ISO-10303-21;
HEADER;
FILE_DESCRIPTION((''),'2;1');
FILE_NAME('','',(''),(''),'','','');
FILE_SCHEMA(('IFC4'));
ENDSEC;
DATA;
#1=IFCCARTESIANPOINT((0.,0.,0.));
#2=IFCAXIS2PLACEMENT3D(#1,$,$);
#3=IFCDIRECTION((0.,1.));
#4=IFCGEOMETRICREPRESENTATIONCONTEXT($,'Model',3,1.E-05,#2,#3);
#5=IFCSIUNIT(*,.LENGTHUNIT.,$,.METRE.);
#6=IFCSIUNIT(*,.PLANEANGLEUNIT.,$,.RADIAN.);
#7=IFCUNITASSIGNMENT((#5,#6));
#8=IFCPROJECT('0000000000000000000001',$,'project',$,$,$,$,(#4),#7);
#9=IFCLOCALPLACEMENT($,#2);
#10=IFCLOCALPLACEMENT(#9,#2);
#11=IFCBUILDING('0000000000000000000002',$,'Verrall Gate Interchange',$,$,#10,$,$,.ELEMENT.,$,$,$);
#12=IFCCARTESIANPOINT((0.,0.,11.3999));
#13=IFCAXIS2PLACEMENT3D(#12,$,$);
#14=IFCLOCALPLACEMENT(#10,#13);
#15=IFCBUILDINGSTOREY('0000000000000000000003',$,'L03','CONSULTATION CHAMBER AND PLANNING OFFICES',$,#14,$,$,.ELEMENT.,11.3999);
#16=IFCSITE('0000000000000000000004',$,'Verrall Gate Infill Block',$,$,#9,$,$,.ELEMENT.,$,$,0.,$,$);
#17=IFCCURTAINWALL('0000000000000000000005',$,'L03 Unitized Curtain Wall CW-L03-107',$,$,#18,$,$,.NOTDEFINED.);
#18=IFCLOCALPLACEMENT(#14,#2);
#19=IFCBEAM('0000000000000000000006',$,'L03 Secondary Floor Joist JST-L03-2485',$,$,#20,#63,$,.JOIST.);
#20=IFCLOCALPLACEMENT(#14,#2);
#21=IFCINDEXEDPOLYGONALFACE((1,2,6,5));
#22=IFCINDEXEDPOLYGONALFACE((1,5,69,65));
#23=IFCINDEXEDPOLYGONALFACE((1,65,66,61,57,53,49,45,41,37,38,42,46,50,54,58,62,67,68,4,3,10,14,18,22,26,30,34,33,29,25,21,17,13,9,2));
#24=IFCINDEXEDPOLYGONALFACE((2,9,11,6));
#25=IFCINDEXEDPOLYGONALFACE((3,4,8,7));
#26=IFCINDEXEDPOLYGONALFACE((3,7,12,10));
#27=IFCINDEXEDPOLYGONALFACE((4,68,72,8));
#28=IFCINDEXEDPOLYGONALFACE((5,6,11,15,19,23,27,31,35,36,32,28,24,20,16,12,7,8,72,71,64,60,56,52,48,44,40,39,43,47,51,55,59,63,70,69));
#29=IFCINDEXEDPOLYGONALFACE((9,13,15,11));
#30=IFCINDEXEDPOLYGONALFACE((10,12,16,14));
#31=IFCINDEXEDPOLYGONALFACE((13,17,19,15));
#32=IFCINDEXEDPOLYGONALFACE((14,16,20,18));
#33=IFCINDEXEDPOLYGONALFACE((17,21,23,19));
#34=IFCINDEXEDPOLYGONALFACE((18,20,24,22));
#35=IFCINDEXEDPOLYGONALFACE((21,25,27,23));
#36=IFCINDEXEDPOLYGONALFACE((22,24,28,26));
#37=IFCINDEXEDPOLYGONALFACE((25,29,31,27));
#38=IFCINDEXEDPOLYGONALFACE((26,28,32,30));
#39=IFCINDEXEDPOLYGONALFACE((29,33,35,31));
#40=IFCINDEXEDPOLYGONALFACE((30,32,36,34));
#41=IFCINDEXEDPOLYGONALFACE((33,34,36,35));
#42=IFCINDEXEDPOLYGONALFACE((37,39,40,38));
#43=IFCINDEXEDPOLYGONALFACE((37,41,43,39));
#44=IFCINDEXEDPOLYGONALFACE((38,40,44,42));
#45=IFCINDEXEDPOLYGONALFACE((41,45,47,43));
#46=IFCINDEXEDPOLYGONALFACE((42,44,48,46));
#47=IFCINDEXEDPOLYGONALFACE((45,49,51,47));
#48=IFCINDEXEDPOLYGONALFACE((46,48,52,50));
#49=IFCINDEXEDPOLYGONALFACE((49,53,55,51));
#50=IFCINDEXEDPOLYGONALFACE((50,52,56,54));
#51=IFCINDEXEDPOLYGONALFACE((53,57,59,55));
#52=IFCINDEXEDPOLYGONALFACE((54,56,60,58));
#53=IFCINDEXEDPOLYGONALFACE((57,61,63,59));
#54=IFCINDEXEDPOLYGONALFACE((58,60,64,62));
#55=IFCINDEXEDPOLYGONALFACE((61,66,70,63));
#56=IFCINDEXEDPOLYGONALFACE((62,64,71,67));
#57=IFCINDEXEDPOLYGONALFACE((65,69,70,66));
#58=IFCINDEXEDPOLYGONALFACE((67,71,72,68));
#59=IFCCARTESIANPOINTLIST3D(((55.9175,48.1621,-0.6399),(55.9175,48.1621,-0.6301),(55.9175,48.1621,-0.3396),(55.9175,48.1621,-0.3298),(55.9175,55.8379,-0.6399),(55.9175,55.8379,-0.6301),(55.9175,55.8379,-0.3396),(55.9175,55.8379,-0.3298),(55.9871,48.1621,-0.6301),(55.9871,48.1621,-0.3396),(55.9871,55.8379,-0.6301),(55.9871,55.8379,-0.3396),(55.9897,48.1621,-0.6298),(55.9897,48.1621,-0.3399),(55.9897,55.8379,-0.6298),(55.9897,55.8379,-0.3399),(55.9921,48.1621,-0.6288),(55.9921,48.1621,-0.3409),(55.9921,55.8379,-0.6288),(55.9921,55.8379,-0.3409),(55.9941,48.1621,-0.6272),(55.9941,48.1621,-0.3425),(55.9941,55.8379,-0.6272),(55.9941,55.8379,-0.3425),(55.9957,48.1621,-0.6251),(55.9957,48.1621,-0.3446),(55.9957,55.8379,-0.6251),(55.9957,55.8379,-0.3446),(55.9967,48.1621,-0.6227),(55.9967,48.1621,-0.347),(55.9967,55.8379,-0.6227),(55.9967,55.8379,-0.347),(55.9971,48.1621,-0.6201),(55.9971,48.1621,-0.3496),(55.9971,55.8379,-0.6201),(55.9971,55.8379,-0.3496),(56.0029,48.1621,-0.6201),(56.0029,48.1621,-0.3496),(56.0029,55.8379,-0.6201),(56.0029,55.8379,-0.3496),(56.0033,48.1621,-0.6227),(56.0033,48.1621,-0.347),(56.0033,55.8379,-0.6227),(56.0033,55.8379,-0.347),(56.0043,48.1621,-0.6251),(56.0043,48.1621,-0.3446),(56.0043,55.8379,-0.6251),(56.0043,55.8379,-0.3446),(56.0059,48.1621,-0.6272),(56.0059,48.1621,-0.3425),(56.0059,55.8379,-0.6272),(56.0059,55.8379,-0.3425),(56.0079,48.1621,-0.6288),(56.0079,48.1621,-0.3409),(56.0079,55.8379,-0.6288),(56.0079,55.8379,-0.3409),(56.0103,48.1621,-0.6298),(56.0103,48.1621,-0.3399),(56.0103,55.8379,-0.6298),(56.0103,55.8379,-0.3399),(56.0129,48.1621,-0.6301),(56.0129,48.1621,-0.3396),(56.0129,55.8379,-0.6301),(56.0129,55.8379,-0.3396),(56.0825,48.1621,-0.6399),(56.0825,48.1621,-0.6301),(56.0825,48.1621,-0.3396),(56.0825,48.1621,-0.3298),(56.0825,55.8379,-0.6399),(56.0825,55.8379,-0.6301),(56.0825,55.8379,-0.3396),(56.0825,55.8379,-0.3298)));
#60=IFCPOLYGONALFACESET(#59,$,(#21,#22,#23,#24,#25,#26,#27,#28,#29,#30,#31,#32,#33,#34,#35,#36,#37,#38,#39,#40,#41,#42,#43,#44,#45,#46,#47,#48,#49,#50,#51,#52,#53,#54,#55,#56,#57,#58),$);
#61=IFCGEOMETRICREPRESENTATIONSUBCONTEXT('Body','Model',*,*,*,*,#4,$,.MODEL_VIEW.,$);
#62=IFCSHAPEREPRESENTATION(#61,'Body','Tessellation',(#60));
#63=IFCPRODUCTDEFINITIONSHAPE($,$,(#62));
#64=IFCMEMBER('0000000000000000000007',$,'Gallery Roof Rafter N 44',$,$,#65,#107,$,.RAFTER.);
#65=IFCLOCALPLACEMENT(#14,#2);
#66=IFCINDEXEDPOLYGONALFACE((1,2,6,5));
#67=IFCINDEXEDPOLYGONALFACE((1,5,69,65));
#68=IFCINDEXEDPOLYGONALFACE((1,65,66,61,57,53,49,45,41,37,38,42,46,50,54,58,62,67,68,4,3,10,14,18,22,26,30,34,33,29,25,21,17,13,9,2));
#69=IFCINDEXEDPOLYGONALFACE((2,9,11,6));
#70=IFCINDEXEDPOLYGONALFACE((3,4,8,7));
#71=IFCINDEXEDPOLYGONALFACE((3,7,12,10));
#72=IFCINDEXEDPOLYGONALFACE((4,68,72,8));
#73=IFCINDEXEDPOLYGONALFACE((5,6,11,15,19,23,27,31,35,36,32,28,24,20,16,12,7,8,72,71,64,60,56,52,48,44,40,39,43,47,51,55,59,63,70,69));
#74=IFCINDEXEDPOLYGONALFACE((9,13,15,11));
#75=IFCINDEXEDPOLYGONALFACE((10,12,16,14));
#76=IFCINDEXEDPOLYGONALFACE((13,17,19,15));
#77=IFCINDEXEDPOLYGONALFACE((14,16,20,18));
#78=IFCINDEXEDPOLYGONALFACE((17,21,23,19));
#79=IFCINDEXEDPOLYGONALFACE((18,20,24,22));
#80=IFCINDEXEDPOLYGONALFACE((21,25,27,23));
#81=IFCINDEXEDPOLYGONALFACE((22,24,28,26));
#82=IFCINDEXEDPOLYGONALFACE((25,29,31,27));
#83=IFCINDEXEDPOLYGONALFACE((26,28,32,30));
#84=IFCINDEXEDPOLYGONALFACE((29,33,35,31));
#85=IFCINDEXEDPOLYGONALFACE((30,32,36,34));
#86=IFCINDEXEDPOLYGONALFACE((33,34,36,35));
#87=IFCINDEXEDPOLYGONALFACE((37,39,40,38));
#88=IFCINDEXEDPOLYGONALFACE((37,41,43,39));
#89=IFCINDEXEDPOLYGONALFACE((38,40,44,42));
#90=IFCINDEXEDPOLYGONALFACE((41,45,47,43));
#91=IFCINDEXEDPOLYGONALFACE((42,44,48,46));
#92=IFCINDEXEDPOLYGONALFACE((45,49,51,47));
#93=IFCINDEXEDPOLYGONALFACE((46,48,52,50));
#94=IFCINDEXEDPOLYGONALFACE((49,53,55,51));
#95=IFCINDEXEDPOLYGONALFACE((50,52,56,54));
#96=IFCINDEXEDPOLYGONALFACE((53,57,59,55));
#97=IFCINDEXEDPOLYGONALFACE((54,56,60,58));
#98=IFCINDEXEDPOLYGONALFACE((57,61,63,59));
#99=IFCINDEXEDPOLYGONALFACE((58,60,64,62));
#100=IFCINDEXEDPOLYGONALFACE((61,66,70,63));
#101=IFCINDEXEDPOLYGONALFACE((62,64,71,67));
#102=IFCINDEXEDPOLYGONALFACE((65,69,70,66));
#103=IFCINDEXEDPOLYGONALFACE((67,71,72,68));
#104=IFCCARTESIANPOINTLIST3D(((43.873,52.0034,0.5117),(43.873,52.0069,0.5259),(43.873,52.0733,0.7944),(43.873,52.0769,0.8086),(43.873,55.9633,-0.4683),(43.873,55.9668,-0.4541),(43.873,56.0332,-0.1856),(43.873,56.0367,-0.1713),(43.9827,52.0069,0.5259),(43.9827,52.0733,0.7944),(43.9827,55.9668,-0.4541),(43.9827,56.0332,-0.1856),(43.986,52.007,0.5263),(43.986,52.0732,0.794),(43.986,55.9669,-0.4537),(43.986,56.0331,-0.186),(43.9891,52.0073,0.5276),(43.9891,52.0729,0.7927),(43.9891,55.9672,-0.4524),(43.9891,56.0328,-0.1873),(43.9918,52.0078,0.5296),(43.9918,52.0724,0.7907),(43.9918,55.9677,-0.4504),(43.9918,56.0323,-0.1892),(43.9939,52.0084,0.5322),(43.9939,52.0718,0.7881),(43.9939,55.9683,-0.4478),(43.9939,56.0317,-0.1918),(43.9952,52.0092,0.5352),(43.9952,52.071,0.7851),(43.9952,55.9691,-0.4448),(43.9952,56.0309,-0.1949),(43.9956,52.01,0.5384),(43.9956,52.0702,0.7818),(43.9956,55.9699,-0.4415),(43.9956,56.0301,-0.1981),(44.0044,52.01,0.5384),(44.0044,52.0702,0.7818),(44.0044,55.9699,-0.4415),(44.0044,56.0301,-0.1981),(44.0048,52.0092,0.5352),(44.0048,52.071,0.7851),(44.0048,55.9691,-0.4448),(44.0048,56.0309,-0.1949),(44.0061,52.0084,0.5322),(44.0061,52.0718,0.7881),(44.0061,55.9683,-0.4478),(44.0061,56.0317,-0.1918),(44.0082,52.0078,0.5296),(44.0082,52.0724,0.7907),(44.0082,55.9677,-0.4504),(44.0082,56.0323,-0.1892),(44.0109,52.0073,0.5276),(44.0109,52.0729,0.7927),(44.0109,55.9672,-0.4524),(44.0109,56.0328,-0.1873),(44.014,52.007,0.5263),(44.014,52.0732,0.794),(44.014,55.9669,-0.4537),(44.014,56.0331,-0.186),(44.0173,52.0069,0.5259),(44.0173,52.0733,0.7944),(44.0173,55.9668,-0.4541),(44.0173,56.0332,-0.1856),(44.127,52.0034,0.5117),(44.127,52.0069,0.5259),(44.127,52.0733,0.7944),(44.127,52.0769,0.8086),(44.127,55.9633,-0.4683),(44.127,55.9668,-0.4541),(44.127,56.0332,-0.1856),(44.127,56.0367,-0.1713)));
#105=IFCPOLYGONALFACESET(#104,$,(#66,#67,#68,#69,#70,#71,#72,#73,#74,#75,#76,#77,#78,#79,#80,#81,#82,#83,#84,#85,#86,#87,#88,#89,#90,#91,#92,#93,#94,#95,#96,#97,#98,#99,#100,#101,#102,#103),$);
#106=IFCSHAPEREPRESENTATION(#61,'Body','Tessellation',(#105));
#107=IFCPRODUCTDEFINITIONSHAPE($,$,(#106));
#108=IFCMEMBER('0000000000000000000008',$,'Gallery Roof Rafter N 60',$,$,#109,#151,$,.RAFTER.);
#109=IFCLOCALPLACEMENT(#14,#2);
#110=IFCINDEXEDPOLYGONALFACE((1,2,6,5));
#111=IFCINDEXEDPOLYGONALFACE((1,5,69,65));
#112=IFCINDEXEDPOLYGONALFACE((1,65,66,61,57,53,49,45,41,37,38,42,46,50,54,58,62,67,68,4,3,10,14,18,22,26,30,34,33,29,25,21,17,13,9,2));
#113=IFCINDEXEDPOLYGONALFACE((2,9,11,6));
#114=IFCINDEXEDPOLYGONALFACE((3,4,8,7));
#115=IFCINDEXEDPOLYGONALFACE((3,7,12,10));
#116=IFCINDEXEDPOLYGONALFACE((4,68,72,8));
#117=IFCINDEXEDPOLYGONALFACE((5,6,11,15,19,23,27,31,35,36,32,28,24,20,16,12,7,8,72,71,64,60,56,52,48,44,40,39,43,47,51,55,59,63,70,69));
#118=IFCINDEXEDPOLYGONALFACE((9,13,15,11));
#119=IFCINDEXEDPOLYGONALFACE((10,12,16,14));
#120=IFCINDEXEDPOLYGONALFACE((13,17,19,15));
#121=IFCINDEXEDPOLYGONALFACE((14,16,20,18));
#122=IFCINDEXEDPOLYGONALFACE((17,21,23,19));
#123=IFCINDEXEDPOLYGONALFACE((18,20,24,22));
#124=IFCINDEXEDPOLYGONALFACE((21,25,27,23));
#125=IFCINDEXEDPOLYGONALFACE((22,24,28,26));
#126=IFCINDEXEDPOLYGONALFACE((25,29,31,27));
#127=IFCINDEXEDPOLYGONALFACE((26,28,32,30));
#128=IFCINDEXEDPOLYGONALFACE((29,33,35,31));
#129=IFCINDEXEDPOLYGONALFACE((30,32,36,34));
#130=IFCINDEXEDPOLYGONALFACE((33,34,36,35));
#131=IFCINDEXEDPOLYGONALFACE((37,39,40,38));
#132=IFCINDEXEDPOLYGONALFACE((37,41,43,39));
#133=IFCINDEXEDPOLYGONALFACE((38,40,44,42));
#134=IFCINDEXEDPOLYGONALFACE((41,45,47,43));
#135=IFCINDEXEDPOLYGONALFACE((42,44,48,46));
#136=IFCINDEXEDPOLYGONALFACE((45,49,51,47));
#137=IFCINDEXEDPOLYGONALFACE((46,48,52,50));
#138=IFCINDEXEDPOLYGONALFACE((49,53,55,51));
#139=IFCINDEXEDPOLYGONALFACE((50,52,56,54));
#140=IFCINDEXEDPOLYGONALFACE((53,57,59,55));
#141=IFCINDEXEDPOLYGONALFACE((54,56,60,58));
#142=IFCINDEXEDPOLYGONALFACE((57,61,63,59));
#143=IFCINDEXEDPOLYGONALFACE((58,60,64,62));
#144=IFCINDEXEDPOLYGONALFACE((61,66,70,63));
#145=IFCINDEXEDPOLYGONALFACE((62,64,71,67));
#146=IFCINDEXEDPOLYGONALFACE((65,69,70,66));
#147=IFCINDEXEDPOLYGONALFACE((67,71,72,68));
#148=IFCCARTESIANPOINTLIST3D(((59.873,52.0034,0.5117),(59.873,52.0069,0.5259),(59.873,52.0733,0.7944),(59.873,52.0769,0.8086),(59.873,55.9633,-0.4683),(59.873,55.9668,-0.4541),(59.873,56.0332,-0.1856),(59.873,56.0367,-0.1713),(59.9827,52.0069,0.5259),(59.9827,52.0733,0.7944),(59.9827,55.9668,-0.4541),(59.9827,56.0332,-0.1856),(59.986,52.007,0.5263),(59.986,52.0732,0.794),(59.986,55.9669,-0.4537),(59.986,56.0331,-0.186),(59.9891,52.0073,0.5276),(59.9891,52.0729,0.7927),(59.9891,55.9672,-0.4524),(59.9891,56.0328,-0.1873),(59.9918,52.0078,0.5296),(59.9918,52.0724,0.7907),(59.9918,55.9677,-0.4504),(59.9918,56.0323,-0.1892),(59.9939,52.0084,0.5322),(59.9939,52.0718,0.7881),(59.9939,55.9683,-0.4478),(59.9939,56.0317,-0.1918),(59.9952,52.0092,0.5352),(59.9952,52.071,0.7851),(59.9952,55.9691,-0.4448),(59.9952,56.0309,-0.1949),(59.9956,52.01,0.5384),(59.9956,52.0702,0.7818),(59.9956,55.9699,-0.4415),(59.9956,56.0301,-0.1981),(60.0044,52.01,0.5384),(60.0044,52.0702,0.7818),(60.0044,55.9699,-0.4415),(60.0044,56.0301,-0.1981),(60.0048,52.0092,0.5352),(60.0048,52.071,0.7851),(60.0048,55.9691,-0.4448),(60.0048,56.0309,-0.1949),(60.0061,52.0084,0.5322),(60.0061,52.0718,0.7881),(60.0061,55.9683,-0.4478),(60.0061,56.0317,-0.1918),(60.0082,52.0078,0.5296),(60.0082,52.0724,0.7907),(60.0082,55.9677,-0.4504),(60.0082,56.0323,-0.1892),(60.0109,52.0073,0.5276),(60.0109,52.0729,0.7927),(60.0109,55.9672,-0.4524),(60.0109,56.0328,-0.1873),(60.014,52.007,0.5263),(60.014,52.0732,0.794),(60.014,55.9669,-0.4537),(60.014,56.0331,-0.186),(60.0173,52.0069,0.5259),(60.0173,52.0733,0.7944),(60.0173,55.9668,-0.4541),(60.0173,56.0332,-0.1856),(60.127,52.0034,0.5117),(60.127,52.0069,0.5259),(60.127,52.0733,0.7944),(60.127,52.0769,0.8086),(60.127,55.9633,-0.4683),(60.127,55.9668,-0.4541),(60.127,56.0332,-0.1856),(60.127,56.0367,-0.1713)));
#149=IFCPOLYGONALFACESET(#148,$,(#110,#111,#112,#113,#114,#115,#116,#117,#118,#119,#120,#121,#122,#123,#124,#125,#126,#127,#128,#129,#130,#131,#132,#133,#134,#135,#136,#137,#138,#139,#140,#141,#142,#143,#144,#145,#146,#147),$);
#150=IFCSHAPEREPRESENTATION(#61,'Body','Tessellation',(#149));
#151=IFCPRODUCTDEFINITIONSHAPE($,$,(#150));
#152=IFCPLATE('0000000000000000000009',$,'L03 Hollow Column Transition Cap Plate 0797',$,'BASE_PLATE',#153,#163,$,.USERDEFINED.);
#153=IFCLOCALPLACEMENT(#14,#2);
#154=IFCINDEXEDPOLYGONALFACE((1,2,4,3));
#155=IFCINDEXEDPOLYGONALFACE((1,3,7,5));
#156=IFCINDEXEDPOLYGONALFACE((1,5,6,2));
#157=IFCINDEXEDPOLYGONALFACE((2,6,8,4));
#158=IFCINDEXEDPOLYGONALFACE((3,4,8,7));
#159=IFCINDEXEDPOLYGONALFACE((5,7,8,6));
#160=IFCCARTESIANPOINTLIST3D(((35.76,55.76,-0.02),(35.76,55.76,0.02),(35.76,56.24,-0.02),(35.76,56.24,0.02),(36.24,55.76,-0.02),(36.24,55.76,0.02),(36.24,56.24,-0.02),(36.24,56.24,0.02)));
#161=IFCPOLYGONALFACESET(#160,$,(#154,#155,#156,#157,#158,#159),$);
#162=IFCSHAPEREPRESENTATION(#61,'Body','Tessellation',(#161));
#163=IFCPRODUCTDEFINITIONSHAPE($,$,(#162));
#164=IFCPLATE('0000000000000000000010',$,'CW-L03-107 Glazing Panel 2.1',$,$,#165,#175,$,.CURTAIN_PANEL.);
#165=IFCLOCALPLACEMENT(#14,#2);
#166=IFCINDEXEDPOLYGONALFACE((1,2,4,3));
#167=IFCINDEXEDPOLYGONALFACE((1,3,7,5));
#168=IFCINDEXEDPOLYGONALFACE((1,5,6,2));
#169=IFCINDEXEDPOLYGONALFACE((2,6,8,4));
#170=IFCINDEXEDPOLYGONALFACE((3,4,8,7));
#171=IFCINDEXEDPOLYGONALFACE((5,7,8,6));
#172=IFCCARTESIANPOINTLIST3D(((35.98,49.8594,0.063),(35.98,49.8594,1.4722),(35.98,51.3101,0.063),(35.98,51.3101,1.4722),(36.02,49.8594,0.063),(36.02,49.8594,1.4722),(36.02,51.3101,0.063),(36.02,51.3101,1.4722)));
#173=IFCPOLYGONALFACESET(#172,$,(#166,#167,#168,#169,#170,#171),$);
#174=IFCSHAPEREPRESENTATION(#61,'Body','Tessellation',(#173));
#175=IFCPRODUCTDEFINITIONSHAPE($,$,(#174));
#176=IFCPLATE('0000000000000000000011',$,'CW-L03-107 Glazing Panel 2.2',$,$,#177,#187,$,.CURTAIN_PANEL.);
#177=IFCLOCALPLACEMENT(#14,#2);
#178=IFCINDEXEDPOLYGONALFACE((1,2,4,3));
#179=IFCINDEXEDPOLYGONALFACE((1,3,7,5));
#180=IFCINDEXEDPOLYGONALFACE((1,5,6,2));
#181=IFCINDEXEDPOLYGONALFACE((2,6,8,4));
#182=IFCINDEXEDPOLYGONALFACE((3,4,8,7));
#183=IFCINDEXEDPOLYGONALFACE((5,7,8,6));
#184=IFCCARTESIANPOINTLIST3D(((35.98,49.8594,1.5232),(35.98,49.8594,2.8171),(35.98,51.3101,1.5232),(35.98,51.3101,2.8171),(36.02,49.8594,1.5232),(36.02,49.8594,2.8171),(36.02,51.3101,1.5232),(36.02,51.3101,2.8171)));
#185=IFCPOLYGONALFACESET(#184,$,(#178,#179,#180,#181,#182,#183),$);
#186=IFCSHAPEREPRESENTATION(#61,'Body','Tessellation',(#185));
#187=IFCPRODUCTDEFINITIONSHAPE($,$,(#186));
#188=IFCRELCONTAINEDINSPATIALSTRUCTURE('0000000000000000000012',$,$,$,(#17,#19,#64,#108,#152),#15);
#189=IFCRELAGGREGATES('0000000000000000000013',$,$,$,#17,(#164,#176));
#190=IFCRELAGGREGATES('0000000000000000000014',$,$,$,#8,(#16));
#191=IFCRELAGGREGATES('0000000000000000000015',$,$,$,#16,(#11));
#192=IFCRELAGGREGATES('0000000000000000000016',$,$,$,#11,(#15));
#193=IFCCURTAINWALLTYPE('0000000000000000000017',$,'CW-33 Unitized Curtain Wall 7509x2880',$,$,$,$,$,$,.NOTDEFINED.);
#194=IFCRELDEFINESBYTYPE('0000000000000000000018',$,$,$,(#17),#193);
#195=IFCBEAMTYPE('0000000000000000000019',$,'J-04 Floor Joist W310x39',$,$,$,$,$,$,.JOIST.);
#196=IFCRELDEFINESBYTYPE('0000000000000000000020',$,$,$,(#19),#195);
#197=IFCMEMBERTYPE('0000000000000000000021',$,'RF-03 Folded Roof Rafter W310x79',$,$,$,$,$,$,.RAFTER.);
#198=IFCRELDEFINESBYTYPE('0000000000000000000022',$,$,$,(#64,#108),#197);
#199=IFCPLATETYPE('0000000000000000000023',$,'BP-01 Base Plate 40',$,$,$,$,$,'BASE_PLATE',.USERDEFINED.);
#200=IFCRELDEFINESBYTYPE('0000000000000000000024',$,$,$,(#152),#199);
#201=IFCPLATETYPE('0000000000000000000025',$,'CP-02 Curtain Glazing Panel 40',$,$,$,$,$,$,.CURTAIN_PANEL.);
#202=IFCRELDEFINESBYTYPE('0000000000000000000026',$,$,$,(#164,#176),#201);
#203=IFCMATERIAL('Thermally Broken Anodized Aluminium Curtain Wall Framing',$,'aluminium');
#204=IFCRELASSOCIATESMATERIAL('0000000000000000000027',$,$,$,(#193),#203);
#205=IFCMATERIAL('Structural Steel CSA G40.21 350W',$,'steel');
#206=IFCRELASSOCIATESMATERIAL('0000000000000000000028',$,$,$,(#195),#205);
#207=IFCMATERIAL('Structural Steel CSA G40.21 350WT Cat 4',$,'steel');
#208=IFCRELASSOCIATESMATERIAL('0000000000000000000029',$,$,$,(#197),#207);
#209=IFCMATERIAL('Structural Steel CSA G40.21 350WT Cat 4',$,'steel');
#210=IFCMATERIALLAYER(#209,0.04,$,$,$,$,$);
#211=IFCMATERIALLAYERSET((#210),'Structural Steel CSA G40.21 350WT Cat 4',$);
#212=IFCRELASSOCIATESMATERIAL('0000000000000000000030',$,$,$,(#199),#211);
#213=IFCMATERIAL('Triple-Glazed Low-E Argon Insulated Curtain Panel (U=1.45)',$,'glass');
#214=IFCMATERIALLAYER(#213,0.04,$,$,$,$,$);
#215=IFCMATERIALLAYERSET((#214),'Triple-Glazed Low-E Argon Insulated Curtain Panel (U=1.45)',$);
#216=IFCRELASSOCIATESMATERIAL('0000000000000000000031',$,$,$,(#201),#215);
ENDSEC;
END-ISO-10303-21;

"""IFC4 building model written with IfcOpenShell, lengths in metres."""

from ifc_helpers import new_model, si_unit, direction, frame, origin, origin_2d, place, context, subcontext, project, spatial, rectangle, i_section, extrude, material, layer, layer_set, material_profile, profile_set, type_object, element, aggregate, save


model = new_model("IFC4")

# Units and contexts
model_context = context("Model", 3, precision=1e-05, world=origin(), true_north=direction((0.0, 1.0)))
body_context = subcontext(model_context, "Body", "Model", "MODEL_VIEW")
ifc_project = project(units=[si_unit("LENGTHUNIT", "METRE"), si_unit("PLANEANGLEUNIT", "RADIAN")], contexts=[model_context])

# Site, building, storey
site_placement = place(None, origin())
site = spatial("IfcSite", under=ifc_project, at=site_placement, Name="Verrall Gate Infill Block", CompositionType="ELEMENT", RefElevation=0.0)
building_placement = place(site_placement, origin())
building = spatial("IfcBuilding", under=site, at=building_placement, Name="Verrall Gate Interchange", CompositionType="ELEMENT")
storey_placement = place(building_placement, frame((0.0, 0.0, 11.3999)))
storey = spatial("IfcBuildingStorey", under=building, at=storey_placement, Name="L03", Description="CONSULTATION CHAMBER AND PLANNING OFFICES", CompositionType="ELEMENT", Elevation=11.3999)

# Curtain wall
ifc_material_1 = material(Name="Thermally Broken Anodized Aluminium Curtain Wall Framing", Category="aluminium")
curtain_wall_type = type_object("IfcCurtainWallType", Name="CW-33 Unitized Curtain Wall 7509x2880", PredefinedType="NOTDEFINED", material=ifc_material_1)
curtain_wall_placement = place(storey_placement, origin())
curtain_wall = element("IfcCurtainWall", 1, at=curtain_wall_placement, inside=storey, type_object=curtain_wall_type, Name="L03 Unitized Curtain Wall CW-L03-107", PredefinedType="NOTDEFINED")

# Beam
ifc_material_2 = material(Name="Structural Steel CSA G40.21 350W", Category="steel")
ifc_material_profile_1 = material_profile(ifc_material_2, i_section(OverallWidth=0.165, OverallDepth=0.3101, WebThickness=0.0059, FlangeThickness=0.0098, FilletRadius=0.01, at=origin_2d()), Name="W310x39")
ifc_profile_set_1 = profile_set([ifc_material_profile_1], Name="Structural Steel CSA G40.21 350W")
beam_type_1 = type_object("IfcBeamType", Name="J-04 Floor Joist W310x39", PredefinedType="JOIST", material=ifc_profile_set_1)
beam_1_placement = place(storey_placement, frame((56.0, 48.1621, -0.4849), z_axis=(0.0, 1.0, 0.0), x_axis=(-1.0, 0.0, 0.0)))
element("IfcBeam", 2, at=beam_1_placement, inside=storey, type_object=beam_type_1, Name="L03 Secondary Floor Joist JST-L03-2485", PredefinedType="JOIST", context=body_context, shape_type="SweptSolid", body=[
    extrude(i_section(OverallWidth=0.165, OverallDepth=0.3101, WebThickness=0.0059, FlangeThickness=0.0098, FilletRadius=0.01, at=origin_2d()), origin(), (0.0, 0.0, 1.0), 7.6758),
])

# Members
ifc_material_3 = material(Name="Structural Steel CSA G40.21 350WT Cat 4", Category="steel")
ifc_material_profile_2 = material_profile(ifc_material_3, i_section(OverallWidth=0.2539, OverallDepth=0.3059, WebThickness=0.0088, FlangeThickness=0.0146, FilletRadius=0.0129, at=origin_2d()), Name="W310x79")
ifc_profile_set_2 = profile_set([ifc_material_profile_2], Name="Structural Steel CSA G40.21 350WT Cat 4")
member_type_1 = type_object("IfcMemberType", Name="RF-03 Folded Roof Rafter W310x79", PredefinedType="RAFTER", material=ifc_profile_set_2)
for number, where, z_axis, x_axis, name in (
    (3, (44.0, 56.0, -0.3198), (0.0, -0.970717, 0.240226), (1.0, 0.0, 0.0), "Gallery Roof Rafter N 44"),
    (4, (60.0, 56.0, -0.3198), (0.0, -0.970717, 0.240226), (1.0, 0.0, 0.0), "Gallery Roof Rafter N 60"),
):
    element("IfcMember", number, at=place(storey_placement, frame(where, z_axis=z_axis, x_axis=x_axis)), inside=storey, type_object=member_type_1, Name=name, PredefinedType="RAFTER", context=body_context, shape_type="SweptSolid", body=[
        extrude(i_section(OverallWidth=0.2539, OverallDepth=0.3059, WebThickness=0.0088, FlangeThickness=0.0146, FilletRadius=0.0129, at=origin_2d()), origin(), (0.0, 0.0, 1.0), 4.0793),
    ])

# Plates
ifc_material_4 = material(Name="Structural Steel CSA G40.21 350WT Cat 4", Category="steel")
ifc_layer_1 = layer(ifc_material_4, 0.04)
ifc_layer_set_1 = layer_set([ifc_layer_1], Name="Structural Steel CSA G40.21 350WT Cat 4")
plate_type_1 = type_object("IfcPlateType", Name="BP-01 Base Plate 40", ElementType="BASE_PLATE", PredefinedType="USERDEFINED", material=ifc_layer_set_1)
plate_1_placement = place(storey_placement, frame((36.0, 56.0, -0.02), z_axis=(0.0, 0.0, 1.0), x_axis=(1.0, 0.0, 0.0)))
element("IfcPlate", 5, at=plate_1_placement, inside=storey, type_object=plate_type_1, Name="L03 Hollow Column Transition Cap Plate 0797", ObjectType="BASE_PLATE", PredefinedType="USERDEFINED", context=body_context, shape_type="SweptSolid", body=[
    extrude(rectangle(XDim=0.48, YDim=0.48, at=origin_2d()), origin(), (0.0, 0.0, 1.0), 0.04),
])
ifc_material_5 = material(Name="Triple-Glazed Low-E Argon Insulated Curtain Panel (U=1.45)", Category="glass")
ifc_layer_2 = layer(ifc_material_5, 0.04)
ifc_layer_set_2 = layer_set([ifc_layer_2], Name="Triple-Glazed Low-E Argon Insulated Curtain Panel (U=1.45)")
plate_type_2 = type_object("IfcPlateType", Name="CP-02 Curtain Glazing Panel 40", PredefinedType="CURTAIN_PANEL", material=ifc_layer_set_2)
plate_2_placement = place(storey_placement, frame((36.0, 50.5847, 0.063), z_axis=(0.0, 0.0, 1.0), x_axis=(0.0, 1.0, 0.0)))
plate_2 = element("IfcPlate", 6, at=plate_2_placement, type_object=plate_type_2, Name="CW-L03-107 Glazing Panel 2.1", PredefinedType="CURTAIN_PANEL", context=body_context, shape_type="SweptSolid", body=[
    extrude(rectangle(XDim=1.4507, YDim=0.04, at=origin_2d()), origin(), (0.0, 0.0, 1.0), 1.4092),
])
plate_3_placement = place(storey_placement, frame((36.0, 50.5847, 1.5232), z_axis=(0.0, 0.0, 1.0), x_axis=(0.0, 1.0, 0.0)))
plate_3 = element("IfcPlate", 7, at=plate_3_placement, type_object=plate_type_2, Name="CW-L03-107 Glazing Panel 2.2", PredefinedType="CURTAIN_PANEL", context=body_context, shape_type="SweptSolid", body=[
    extrude(rectangle(XDim=1.4507, YDim=0.04, at=origin_2d()), origin(), (0.0, 0.0, 1.0), 1.2939),
])
aggregate(curtain_wall, [plate_2, plate_3])

save(model, "model.ifc")
